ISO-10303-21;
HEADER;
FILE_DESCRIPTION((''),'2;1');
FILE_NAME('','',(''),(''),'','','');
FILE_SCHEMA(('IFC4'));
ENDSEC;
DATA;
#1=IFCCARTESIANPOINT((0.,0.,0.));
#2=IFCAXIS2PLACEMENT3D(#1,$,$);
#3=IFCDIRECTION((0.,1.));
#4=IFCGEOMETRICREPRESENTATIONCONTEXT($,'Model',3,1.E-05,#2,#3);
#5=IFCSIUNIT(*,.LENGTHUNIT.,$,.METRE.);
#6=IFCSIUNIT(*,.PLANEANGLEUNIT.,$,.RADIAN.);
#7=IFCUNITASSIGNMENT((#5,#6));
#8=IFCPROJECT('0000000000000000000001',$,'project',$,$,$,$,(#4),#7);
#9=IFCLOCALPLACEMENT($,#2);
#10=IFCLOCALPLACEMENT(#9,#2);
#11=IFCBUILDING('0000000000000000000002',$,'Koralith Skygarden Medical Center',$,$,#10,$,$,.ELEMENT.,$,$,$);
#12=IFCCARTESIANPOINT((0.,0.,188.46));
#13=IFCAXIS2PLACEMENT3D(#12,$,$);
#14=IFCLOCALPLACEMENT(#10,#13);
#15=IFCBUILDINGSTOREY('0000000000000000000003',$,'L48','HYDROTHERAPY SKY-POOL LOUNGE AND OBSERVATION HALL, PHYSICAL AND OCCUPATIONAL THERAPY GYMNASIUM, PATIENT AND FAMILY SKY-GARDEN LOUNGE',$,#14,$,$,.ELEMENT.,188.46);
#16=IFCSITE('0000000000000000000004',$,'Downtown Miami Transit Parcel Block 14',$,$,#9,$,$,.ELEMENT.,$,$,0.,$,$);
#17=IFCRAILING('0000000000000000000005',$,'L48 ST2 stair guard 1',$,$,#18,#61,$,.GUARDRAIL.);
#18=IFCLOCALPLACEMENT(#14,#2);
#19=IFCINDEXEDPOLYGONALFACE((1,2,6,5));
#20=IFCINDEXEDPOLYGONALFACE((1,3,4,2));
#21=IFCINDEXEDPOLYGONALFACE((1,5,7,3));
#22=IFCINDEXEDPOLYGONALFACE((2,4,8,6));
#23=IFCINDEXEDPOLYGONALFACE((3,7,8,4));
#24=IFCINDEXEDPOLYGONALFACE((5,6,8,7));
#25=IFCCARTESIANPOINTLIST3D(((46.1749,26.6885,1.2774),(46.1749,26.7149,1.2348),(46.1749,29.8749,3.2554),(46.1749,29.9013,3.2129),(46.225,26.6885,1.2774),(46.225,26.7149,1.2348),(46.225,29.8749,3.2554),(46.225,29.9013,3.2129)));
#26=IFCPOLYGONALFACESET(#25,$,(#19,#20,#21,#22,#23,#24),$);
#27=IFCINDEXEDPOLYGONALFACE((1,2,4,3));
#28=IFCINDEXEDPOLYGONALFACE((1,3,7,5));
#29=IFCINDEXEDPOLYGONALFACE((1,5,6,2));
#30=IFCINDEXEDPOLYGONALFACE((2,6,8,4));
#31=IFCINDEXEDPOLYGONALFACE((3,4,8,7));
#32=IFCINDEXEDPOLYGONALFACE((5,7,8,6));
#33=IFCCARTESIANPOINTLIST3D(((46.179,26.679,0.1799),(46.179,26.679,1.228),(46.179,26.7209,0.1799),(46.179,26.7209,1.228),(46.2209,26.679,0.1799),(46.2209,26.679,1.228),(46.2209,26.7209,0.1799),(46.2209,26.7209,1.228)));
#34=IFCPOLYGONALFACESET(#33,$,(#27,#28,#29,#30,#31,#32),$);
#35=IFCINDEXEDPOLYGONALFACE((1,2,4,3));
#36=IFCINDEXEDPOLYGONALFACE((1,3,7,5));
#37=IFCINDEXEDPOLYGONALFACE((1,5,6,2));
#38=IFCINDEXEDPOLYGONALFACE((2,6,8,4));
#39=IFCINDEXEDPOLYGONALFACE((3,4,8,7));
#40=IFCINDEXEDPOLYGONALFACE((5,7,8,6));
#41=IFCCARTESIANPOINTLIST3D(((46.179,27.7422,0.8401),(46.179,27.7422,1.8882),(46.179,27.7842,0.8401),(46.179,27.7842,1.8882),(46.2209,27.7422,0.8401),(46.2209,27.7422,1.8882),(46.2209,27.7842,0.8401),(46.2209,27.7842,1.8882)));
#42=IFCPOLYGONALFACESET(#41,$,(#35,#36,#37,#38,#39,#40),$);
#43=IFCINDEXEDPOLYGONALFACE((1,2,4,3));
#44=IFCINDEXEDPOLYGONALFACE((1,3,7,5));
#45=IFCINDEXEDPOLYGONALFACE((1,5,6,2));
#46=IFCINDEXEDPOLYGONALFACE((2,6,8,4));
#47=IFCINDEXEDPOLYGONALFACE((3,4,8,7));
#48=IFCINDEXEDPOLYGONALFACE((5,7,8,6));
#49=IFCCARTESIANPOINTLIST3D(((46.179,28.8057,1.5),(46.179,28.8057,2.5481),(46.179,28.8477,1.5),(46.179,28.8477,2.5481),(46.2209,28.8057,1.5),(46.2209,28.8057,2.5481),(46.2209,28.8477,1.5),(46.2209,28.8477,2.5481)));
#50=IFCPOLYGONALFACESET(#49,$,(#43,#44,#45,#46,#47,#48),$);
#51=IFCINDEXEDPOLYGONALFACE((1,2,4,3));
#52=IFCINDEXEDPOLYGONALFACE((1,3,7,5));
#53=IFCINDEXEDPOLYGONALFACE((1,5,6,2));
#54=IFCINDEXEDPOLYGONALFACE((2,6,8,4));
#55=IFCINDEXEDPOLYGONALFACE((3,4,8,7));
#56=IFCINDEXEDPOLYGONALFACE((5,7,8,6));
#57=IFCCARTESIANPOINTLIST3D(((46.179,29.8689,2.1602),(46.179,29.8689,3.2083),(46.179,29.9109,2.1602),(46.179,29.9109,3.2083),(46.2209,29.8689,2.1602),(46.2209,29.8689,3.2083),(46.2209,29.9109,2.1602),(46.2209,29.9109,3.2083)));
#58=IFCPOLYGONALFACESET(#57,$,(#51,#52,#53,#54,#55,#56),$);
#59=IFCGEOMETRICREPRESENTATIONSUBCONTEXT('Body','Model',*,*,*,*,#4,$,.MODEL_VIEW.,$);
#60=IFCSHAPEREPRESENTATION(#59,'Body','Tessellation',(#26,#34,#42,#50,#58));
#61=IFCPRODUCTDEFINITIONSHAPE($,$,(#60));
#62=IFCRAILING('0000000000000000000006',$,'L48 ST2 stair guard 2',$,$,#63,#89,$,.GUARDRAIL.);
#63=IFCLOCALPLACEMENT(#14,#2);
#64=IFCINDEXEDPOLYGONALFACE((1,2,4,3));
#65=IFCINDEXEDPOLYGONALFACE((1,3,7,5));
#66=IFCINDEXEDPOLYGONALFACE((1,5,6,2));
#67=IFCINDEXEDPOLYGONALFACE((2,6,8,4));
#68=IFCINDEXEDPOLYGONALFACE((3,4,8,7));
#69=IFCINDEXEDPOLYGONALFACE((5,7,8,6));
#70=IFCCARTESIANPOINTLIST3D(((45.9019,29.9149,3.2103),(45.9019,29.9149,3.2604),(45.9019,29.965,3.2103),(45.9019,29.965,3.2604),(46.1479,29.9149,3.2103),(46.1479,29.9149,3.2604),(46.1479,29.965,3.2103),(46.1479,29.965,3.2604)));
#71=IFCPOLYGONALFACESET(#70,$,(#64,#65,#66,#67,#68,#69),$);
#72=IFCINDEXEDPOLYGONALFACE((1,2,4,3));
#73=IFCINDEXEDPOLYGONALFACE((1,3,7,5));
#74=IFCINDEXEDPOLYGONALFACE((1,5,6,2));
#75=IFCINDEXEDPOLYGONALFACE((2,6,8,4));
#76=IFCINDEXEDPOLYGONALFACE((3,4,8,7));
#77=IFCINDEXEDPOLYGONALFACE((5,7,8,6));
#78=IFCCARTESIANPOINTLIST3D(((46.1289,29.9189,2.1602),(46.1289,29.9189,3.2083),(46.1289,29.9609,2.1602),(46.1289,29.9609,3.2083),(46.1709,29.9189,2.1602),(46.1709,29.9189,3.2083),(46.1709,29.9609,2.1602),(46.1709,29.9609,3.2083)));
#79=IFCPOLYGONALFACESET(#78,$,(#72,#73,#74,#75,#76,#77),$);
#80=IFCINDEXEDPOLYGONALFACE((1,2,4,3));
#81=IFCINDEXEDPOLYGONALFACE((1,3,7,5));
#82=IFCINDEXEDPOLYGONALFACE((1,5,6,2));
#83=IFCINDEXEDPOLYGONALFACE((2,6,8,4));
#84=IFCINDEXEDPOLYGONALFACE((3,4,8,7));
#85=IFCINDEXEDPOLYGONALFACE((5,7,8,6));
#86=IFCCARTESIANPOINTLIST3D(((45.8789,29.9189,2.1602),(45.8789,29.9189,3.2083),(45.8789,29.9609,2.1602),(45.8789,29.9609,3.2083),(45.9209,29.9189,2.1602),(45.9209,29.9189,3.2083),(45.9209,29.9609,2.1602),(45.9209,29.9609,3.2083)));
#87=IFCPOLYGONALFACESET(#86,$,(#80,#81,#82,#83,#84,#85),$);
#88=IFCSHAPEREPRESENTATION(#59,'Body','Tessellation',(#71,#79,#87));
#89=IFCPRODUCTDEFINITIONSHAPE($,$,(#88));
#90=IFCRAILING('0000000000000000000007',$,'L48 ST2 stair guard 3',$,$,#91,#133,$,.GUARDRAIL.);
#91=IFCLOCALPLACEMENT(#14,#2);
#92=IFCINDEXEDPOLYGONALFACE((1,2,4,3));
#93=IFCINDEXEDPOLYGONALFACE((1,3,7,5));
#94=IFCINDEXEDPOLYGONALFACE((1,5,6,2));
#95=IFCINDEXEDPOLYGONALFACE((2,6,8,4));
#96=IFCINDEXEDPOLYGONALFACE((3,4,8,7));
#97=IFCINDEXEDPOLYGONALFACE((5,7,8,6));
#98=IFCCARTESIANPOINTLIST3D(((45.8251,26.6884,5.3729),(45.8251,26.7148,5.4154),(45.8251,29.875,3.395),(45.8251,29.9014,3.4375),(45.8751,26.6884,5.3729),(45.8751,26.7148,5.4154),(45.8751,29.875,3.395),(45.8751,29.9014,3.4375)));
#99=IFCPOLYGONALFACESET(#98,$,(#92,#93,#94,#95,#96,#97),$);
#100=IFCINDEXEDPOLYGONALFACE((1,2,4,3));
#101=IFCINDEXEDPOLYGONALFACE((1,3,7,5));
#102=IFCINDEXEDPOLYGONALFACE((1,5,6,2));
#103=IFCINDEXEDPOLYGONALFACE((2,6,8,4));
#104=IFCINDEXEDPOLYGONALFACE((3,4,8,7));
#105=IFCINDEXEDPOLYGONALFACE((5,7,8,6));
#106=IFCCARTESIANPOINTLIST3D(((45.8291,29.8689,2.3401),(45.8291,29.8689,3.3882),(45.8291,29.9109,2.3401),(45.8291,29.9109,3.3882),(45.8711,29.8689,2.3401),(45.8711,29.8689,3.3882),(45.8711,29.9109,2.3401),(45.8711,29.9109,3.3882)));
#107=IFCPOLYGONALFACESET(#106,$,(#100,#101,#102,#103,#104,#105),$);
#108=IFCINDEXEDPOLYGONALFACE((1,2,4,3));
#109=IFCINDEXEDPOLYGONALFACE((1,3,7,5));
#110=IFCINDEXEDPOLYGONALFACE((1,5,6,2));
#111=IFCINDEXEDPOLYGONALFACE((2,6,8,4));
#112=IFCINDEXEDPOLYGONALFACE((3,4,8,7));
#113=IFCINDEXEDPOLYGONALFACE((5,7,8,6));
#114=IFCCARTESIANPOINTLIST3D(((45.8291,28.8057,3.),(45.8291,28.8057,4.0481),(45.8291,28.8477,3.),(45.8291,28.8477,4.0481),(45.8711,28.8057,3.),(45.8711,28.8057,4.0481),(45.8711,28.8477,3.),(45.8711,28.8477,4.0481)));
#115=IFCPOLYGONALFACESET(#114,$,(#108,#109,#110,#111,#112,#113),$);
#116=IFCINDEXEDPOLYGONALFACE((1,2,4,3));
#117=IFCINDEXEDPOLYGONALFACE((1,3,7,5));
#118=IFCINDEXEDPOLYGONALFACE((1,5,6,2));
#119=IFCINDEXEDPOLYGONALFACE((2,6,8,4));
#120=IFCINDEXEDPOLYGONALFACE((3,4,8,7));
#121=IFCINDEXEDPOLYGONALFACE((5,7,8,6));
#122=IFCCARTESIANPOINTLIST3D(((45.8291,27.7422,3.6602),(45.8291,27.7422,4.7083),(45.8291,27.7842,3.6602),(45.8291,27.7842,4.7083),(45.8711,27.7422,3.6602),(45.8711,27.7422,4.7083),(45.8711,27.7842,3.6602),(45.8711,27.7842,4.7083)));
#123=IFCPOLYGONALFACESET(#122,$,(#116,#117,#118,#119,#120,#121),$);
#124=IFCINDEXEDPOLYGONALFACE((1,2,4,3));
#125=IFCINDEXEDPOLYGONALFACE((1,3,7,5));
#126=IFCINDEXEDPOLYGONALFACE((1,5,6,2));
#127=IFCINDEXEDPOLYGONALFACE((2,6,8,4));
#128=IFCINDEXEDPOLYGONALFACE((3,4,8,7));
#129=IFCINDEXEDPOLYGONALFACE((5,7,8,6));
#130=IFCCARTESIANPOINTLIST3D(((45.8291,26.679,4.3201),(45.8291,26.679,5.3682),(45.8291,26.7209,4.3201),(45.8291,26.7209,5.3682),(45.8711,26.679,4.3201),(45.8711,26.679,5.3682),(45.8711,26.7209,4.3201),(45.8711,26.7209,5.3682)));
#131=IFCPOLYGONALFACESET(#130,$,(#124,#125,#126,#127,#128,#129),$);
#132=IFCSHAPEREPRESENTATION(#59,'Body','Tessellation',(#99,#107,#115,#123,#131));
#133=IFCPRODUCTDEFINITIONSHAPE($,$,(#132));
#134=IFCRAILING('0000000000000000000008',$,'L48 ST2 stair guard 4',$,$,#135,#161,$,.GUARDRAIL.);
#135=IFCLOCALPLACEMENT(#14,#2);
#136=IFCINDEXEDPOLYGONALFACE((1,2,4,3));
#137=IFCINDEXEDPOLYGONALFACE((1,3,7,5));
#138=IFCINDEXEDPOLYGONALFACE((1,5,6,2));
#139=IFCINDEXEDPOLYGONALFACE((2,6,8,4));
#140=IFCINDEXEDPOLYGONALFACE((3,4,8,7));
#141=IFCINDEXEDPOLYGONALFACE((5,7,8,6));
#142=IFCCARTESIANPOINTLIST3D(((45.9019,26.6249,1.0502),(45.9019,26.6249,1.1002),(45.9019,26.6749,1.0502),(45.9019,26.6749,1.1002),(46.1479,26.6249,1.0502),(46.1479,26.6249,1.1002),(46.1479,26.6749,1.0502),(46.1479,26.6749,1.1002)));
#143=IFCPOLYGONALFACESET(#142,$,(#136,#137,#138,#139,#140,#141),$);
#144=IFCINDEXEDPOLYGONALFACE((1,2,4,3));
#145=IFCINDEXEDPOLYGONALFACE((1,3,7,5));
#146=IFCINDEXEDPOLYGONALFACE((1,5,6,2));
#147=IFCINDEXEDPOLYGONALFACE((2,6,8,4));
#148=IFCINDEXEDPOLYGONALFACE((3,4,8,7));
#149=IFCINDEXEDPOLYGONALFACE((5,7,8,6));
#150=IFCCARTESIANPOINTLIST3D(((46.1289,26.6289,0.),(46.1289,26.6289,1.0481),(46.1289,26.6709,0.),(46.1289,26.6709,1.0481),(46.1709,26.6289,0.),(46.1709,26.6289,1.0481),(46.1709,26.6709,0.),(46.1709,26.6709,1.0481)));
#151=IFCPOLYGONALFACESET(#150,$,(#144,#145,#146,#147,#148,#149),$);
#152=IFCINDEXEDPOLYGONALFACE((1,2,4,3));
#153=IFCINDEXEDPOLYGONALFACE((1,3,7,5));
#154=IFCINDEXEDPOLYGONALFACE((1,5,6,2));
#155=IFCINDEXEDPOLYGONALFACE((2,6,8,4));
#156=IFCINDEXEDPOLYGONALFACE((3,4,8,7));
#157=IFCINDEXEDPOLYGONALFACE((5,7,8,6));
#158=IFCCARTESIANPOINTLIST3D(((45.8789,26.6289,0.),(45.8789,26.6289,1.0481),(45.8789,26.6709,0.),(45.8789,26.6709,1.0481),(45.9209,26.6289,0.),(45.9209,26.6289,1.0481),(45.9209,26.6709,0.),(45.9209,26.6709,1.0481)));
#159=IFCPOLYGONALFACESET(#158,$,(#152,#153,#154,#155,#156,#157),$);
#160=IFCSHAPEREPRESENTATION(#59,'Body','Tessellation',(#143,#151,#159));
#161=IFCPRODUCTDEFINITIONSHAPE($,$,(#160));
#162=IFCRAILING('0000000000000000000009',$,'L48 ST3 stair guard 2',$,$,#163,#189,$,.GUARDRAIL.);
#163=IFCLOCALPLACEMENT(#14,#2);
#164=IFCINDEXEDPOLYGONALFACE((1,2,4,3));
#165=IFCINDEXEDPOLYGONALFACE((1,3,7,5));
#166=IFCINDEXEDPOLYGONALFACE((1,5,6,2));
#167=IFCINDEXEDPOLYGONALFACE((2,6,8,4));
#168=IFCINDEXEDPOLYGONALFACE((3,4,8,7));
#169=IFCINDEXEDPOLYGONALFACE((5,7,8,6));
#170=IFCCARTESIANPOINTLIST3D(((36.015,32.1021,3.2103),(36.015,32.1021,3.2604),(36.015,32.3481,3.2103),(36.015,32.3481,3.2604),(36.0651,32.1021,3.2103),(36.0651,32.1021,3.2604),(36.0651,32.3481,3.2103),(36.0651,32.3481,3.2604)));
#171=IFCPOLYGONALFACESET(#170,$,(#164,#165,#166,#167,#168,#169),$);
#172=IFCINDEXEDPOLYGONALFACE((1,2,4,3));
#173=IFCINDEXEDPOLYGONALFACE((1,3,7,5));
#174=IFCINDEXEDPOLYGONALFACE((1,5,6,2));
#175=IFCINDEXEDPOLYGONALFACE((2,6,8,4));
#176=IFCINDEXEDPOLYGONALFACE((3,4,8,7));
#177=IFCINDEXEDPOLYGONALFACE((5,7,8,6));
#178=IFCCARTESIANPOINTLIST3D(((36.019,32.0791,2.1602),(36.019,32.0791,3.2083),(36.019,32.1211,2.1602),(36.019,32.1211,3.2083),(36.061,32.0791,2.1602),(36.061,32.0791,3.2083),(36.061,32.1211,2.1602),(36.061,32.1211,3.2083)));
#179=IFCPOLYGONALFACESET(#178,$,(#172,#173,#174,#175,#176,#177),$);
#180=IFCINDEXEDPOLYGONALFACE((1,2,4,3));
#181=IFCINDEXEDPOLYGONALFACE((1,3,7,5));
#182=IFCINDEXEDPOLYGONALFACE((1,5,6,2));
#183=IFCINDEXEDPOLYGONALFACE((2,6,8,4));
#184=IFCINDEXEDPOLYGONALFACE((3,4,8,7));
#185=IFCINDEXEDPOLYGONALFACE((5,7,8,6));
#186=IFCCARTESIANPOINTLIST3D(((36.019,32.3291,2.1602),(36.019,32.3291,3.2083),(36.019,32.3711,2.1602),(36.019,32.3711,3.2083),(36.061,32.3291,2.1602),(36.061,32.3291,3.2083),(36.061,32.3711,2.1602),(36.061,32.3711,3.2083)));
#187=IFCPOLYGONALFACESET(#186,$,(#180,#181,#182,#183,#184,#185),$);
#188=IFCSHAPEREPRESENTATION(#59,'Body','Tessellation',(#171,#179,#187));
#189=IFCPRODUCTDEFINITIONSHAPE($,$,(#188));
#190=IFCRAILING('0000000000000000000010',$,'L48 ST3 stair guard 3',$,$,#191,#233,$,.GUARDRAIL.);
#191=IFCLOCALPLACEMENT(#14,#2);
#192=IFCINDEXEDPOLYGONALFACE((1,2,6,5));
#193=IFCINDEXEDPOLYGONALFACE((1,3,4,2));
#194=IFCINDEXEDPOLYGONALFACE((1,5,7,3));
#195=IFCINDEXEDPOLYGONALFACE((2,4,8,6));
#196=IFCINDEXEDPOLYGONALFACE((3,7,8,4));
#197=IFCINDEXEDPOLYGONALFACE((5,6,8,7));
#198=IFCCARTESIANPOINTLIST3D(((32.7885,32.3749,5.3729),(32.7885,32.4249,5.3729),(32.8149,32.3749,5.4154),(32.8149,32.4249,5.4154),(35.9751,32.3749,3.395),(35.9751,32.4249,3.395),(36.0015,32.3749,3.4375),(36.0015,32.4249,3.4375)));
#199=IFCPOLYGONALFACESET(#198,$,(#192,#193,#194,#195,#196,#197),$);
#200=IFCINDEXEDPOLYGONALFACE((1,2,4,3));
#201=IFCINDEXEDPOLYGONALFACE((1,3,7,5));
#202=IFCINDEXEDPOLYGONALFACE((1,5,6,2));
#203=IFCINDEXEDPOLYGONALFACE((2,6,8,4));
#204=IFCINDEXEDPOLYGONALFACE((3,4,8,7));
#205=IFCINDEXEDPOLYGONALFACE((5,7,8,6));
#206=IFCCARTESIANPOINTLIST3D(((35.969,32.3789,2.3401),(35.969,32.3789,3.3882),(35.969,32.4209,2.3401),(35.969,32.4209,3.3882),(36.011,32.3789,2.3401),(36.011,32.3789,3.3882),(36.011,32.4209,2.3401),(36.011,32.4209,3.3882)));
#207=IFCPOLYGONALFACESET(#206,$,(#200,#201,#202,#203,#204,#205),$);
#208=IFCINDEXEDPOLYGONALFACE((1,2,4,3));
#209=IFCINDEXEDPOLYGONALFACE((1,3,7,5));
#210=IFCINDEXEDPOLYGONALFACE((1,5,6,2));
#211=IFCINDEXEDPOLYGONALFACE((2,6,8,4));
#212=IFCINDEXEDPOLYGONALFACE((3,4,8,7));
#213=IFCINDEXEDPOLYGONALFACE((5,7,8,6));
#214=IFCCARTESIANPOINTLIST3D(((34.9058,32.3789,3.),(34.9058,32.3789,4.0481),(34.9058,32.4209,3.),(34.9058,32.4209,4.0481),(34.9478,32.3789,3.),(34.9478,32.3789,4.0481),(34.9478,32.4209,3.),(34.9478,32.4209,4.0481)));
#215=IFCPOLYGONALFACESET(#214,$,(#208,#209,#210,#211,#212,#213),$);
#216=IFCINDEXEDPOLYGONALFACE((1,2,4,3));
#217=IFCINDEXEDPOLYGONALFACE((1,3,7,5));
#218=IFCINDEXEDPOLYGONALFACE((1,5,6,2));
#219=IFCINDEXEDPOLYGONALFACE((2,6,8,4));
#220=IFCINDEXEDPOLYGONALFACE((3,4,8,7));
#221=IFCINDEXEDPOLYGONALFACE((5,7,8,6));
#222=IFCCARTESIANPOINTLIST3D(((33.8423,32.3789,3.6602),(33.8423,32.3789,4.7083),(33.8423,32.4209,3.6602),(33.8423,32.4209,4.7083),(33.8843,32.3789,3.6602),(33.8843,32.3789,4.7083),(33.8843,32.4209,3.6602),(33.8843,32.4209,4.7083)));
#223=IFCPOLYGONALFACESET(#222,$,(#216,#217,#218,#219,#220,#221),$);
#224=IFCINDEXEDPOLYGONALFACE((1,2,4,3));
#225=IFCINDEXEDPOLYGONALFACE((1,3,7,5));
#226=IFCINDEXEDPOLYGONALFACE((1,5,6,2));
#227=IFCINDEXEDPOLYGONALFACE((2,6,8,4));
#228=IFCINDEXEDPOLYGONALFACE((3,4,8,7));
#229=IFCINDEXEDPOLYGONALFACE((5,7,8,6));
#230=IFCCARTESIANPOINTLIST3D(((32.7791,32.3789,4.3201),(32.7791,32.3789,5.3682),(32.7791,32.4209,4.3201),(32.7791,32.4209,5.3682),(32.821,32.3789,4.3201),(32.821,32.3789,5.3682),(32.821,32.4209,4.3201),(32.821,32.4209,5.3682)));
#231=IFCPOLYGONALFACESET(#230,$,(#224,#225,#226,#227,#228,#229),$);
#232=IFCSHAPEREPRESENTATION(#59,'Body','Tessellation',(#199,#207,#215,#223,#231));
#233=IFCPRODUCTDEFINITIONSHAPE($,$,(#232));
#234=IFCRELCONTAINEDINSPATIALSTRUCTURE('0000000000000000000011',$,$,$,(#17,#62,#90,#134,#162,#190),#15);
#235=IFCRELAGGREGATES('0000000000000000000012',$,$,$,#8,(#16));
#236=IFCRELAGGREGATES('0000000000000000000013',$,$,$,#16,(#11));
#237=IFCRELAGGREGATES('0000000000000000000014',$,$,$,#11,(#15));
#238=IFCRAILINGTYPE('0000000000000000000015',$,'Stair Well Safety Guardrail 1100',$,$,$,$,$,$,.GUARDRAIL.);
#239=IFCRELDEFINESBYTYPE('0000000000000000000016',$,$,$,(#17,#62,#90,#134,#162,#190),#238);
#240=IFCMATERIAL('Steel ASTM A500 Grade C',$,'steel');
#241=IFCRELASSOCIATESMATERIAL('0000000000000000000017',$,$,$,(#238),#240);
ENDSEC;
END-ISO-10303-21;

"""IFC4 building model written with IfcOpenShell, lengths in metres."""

from ifc_helpers import new_model, si_unit, direction, frame, origin, origin_2d, place, context, subcontext, project, spatial, rectangle, extrude, material, type_object, element, save


model = new_model("IFC4")

# Units and contexts
model_context = context("Model", 3, precision=1e-05, world=origin(), true_north=direction((0.0, 1.0)))
body_context = subcontext(model_context, "Body", "Model", "MODEL_VIEW")
ifc_project = project(units=[si_unit("LENGTHUNIT", "METRE"), si_unit("PLANEANGLEUNIT", "RADIAN")], contexts=[model_context])

# Site, building, storey
site_placement = place(None, origin())
site = spatial("IfcSite", under=ifc_project, at=site_placement, Name="Downtown Miami Transit Parcel Block 14", CompositionType="ELEMENT", RefElevation=0.0)
building_placement = place(site_placement, origin())
building = spatial("IfcBuilding", under=site, at=building_placement, Name="Koralith Skygarden Medical Center", CompositionType="ELEMENT")
storey_placement = place(building_placement, frame((0.0, 0.0, 188.46)))
storey = spatial("IfcBuildingStorey", under=building, at=storey_placement, Name="L48", Description="HYDROTHERAPY SKY-POOL LOUNGE AND OBSERVATION HALL, PHYSICAL AND OCCUPATIONAL THERAPY GYMNASIUM, PATIENT AND FAMILY SKY-GARDEN LOUNGE", CompositionType="ELEMENT", Elevation=188.46)

# Shared definitions
ifc_material_1 = material(Name="Steel ASTM A500 Grade C", Category="steel")

# Railings
railing_type_1 = type_object("IfcRailingType", Name="Stair Well Safety Guardrail 1100", PredefinedType="GUARDRAIL", material=ifc_material_1)
railing_1_placement = place(storey_placement, frame((46.2, 26.7, 0.1799)))
element("IfcRailing", 1, at=railing_1_placement, inside=storey, type_object=railing_type_1, Name="L48 ST2 stair guard 1", PredefinedType="GUARDRAIL", context=body_context, shape_type="SweptSolid", body=[
    extrude(rectangle(XDim=0.05, YDim=0.05, at=origin_2d()), frame((0.0, 0.0017, 1.0762), z_axis=(0.0, 0.849609, 0.527413), x_axis=(-1.0, 0.0, 0.0)), (0.0, 0.0, 1.0), 3.7505),
    extrude(rectangle(XDim=0.042, YDim=0.042, at=origin_2d()), origin(), (0.0, 0.0, 1.0), 1.0481),
    extrude(rectangle(XDim=0.042, YDim=0.042, at=origin_2d()), frame((0.0, 1.0632, 0.6602)), (0.0, 0.0, 1.0), 1.0481),
    extrude(rectangle(XDim=0.042, YDim=0.042, at=origin_2d()), frame((0.0, 2.1267, 1.3201)), (0.0, 0.0, 1.0), 1.0481),
    extrude(rectangle(XDim=0.042, YDim=0.042, at=origin_2d()), frame((0.0, 3.1899, 1.9802)), (0.0, 0.0, 1.0), 1.0481),
])
railing_2_placement = place(storey_placement, frame((46.1499, 29.9399, 2.1602)))
element("IfcRailing", 2, at=railing_2_placement, inside=storey, type_object=railing_type_1, Name="L48 ST2 stair guard 2", PredefinedType="GUARDRAIL", context=body_context, shape_type="SweptSolid", body=[
    extrude(rectangle(XDim=0.05, YDim=0.05, at=origin_2d()), frame((-0.002, 0.0, 1.0752), z_axis=(-1.0, 0.0, 0.0), x_axis=(0.0, -1.0, 0.0)), (0.0, 0.0, 1.0), 0.2461),
    extrude(rectangle(XDim=0.042, YDim=0.042, at=origin_2d()), origin(), (0.0, 0.0, 1.0), 1.0481),
    extrude(rectangle(XDim=0.042, YDim=0.042, at=origin_2d()), frame((-0.25, 0.0, 0.0)), (0.0, 0.0, 1.0), 1.0481),
])
railing_3_placement = place(storey_placement, frame((45.8501, 29.8899, 2.3401)))
element("IfcRailing", 3, at=railing_3_placement, inside=storey, type_object=railing_type_1, Name="L48 ST2 stair guard 3", PredefinedType="GUARDRAIL", context=body_context, shape_type="SweptSolid", body=[
    extrude(rectangle(XDim=0.05, YDim=0.05, at=origin_2d()), frame((0.0, -0.0017, 1.0762), z_axis=(0.0, -0.849638, 0.527366), x_axis=(1.0, 0.0, 0.0)), (0.0, 0.0, 1.0), 3.7505),
    extrude(rectangle(XDim=0.042, YDim=0.042, at=origin_2d()), origin(), (0.0, 0.0, 1.0), 1.0481),
    extrude(rectangle(XDim=0.042, YDim=0.042, at=origin_2d()), frame((0.0, -1.0632, 0.6599)), (0.0, 0.0, 1.0), 1.0481),
    extrude(rectangle(XDim=0.042, YDim=0.042, at=origin_2d()), frame((0.0, -2.1267, 1.3201)), (0.0, 0.0, 1.0), 1.0481),
    extrude(rectangle(XDim=0.042, YDim=0.042, at=origin_2d()), frame((0.0, -3.1899, 1.98)), (0.0, 0.0, 1.0), 1.0481),
])
railing_4_placement = place(storey_placement, frame((46.1499, 26.6499, 0.0)))
element("IfcRailing", 4, at=railing_4_placement, inside=storey, type_object=railing_type_1, Name="L48 ST2 stair guard 4", PredefinedType="GUARDRAIL", context=body_context, shape_type="SweptSolid", body=[
    extrude(rectangle(XDim=0.05, YDim=0.05, at=origin_2d()), frame((-0.002, 0.0, 1.0752), z_axis=(-1.0, 0.0, 0.0), x_axis=(0.0, -1.0, 0.0)), (0.0, 0.0, 1.0), 0.2461),
    extrude(rectangle(XDim=0.042, YDim=0.042, at=origin_2d()), origin(), (0.0, 0.0, 1.0), 1.0481),
    extrude(rectangle(XDim=0.042, YDim=0.042, at=origin_2d()), frame((-0.25, 0.0, 0.0)), (0.0, 0.0, 1.0), 1.0481),
])
railing_5_placement = place(storey_placement, frame((36.04, 32.1001, 2.1602)))
element("IfcRailing", 5, at=railing_5_placement, inside=storey, type_object=railing_type_1, Name="L48 ST3 stair guard 2", PredefinedType="GUARDRAIL", context=body_context, shape_type="SweptSolid", body=[
    extrude(rectangle(XDim=0.05, YDim=0.05, at=origin_2d()), frame((0.0, 0.002, 1.0752), z_axis=(0.0, 1.0, 0.0), x_axis=(-1.0, 0.0, 0.0)), (0.0, 0.0, 1.0), 0.2461),
    extrude(rectangle(XDim=0.042, YDim=0.042, at=origin_2d()), origin(), (0.0, 0.0, 1.0), 1.0481),
    extrude(rectangle(XDim=0.042, YDim=0.042, at=origin_2d()), frame((0.0, 0.25, 0.0)), (0.0, 0.0, 1.0), 1.0481),
])
railing_6_placement = place(storey_placement, frame((35.99, 32.3999, 2.3401)))
element("IfcRailing", 6, at=railing_6_placement, inside=storey, type_object=railing_type_1, Name="L48 ST3 stair guard 3", PredefinedType="GUARDRAIL", context=body_context, shape_type="SweptSolid", body=[
    extrude(rectangle(XDim=0.05, YDim=0.05, at=origin_2d()), frame((-0.0017, 0.0, 1.0762), z_axis=(-0.849638, 0.0, 0.527366), x_axis=(0.0, -1.0, 0.0)), (0.0, 0.0, 1.0), 3.7505),
    extrude(rectangle(XDim=0.042, YDim=0.042, at=origin_2d()), origin(), (0.0, 0.0, 1.0), 1.0481),
    extrude(rectangle(XDim=0.042, YDim=0.042, at=origin_2d()), frame((-1.0632, 0.0, 0.6599)), (0.0, 0.0, 1.0), 1.0481),
    extrude(rectangle(XDim=0.042, YDim=0.042, at=origin_2d()), frame((-2.1267, 0.0, 1.3201)), (0.0, 0.0, 1.0), 1.0481),
    extrude(rectangle(XDim=0.042, YDim=0.042, at=origin_2d()), frame((-3.1899, 0.0, 1.98)), (0.0, 0.0, 1.0), 1.0481),
])

save(model, "model.ifc")
